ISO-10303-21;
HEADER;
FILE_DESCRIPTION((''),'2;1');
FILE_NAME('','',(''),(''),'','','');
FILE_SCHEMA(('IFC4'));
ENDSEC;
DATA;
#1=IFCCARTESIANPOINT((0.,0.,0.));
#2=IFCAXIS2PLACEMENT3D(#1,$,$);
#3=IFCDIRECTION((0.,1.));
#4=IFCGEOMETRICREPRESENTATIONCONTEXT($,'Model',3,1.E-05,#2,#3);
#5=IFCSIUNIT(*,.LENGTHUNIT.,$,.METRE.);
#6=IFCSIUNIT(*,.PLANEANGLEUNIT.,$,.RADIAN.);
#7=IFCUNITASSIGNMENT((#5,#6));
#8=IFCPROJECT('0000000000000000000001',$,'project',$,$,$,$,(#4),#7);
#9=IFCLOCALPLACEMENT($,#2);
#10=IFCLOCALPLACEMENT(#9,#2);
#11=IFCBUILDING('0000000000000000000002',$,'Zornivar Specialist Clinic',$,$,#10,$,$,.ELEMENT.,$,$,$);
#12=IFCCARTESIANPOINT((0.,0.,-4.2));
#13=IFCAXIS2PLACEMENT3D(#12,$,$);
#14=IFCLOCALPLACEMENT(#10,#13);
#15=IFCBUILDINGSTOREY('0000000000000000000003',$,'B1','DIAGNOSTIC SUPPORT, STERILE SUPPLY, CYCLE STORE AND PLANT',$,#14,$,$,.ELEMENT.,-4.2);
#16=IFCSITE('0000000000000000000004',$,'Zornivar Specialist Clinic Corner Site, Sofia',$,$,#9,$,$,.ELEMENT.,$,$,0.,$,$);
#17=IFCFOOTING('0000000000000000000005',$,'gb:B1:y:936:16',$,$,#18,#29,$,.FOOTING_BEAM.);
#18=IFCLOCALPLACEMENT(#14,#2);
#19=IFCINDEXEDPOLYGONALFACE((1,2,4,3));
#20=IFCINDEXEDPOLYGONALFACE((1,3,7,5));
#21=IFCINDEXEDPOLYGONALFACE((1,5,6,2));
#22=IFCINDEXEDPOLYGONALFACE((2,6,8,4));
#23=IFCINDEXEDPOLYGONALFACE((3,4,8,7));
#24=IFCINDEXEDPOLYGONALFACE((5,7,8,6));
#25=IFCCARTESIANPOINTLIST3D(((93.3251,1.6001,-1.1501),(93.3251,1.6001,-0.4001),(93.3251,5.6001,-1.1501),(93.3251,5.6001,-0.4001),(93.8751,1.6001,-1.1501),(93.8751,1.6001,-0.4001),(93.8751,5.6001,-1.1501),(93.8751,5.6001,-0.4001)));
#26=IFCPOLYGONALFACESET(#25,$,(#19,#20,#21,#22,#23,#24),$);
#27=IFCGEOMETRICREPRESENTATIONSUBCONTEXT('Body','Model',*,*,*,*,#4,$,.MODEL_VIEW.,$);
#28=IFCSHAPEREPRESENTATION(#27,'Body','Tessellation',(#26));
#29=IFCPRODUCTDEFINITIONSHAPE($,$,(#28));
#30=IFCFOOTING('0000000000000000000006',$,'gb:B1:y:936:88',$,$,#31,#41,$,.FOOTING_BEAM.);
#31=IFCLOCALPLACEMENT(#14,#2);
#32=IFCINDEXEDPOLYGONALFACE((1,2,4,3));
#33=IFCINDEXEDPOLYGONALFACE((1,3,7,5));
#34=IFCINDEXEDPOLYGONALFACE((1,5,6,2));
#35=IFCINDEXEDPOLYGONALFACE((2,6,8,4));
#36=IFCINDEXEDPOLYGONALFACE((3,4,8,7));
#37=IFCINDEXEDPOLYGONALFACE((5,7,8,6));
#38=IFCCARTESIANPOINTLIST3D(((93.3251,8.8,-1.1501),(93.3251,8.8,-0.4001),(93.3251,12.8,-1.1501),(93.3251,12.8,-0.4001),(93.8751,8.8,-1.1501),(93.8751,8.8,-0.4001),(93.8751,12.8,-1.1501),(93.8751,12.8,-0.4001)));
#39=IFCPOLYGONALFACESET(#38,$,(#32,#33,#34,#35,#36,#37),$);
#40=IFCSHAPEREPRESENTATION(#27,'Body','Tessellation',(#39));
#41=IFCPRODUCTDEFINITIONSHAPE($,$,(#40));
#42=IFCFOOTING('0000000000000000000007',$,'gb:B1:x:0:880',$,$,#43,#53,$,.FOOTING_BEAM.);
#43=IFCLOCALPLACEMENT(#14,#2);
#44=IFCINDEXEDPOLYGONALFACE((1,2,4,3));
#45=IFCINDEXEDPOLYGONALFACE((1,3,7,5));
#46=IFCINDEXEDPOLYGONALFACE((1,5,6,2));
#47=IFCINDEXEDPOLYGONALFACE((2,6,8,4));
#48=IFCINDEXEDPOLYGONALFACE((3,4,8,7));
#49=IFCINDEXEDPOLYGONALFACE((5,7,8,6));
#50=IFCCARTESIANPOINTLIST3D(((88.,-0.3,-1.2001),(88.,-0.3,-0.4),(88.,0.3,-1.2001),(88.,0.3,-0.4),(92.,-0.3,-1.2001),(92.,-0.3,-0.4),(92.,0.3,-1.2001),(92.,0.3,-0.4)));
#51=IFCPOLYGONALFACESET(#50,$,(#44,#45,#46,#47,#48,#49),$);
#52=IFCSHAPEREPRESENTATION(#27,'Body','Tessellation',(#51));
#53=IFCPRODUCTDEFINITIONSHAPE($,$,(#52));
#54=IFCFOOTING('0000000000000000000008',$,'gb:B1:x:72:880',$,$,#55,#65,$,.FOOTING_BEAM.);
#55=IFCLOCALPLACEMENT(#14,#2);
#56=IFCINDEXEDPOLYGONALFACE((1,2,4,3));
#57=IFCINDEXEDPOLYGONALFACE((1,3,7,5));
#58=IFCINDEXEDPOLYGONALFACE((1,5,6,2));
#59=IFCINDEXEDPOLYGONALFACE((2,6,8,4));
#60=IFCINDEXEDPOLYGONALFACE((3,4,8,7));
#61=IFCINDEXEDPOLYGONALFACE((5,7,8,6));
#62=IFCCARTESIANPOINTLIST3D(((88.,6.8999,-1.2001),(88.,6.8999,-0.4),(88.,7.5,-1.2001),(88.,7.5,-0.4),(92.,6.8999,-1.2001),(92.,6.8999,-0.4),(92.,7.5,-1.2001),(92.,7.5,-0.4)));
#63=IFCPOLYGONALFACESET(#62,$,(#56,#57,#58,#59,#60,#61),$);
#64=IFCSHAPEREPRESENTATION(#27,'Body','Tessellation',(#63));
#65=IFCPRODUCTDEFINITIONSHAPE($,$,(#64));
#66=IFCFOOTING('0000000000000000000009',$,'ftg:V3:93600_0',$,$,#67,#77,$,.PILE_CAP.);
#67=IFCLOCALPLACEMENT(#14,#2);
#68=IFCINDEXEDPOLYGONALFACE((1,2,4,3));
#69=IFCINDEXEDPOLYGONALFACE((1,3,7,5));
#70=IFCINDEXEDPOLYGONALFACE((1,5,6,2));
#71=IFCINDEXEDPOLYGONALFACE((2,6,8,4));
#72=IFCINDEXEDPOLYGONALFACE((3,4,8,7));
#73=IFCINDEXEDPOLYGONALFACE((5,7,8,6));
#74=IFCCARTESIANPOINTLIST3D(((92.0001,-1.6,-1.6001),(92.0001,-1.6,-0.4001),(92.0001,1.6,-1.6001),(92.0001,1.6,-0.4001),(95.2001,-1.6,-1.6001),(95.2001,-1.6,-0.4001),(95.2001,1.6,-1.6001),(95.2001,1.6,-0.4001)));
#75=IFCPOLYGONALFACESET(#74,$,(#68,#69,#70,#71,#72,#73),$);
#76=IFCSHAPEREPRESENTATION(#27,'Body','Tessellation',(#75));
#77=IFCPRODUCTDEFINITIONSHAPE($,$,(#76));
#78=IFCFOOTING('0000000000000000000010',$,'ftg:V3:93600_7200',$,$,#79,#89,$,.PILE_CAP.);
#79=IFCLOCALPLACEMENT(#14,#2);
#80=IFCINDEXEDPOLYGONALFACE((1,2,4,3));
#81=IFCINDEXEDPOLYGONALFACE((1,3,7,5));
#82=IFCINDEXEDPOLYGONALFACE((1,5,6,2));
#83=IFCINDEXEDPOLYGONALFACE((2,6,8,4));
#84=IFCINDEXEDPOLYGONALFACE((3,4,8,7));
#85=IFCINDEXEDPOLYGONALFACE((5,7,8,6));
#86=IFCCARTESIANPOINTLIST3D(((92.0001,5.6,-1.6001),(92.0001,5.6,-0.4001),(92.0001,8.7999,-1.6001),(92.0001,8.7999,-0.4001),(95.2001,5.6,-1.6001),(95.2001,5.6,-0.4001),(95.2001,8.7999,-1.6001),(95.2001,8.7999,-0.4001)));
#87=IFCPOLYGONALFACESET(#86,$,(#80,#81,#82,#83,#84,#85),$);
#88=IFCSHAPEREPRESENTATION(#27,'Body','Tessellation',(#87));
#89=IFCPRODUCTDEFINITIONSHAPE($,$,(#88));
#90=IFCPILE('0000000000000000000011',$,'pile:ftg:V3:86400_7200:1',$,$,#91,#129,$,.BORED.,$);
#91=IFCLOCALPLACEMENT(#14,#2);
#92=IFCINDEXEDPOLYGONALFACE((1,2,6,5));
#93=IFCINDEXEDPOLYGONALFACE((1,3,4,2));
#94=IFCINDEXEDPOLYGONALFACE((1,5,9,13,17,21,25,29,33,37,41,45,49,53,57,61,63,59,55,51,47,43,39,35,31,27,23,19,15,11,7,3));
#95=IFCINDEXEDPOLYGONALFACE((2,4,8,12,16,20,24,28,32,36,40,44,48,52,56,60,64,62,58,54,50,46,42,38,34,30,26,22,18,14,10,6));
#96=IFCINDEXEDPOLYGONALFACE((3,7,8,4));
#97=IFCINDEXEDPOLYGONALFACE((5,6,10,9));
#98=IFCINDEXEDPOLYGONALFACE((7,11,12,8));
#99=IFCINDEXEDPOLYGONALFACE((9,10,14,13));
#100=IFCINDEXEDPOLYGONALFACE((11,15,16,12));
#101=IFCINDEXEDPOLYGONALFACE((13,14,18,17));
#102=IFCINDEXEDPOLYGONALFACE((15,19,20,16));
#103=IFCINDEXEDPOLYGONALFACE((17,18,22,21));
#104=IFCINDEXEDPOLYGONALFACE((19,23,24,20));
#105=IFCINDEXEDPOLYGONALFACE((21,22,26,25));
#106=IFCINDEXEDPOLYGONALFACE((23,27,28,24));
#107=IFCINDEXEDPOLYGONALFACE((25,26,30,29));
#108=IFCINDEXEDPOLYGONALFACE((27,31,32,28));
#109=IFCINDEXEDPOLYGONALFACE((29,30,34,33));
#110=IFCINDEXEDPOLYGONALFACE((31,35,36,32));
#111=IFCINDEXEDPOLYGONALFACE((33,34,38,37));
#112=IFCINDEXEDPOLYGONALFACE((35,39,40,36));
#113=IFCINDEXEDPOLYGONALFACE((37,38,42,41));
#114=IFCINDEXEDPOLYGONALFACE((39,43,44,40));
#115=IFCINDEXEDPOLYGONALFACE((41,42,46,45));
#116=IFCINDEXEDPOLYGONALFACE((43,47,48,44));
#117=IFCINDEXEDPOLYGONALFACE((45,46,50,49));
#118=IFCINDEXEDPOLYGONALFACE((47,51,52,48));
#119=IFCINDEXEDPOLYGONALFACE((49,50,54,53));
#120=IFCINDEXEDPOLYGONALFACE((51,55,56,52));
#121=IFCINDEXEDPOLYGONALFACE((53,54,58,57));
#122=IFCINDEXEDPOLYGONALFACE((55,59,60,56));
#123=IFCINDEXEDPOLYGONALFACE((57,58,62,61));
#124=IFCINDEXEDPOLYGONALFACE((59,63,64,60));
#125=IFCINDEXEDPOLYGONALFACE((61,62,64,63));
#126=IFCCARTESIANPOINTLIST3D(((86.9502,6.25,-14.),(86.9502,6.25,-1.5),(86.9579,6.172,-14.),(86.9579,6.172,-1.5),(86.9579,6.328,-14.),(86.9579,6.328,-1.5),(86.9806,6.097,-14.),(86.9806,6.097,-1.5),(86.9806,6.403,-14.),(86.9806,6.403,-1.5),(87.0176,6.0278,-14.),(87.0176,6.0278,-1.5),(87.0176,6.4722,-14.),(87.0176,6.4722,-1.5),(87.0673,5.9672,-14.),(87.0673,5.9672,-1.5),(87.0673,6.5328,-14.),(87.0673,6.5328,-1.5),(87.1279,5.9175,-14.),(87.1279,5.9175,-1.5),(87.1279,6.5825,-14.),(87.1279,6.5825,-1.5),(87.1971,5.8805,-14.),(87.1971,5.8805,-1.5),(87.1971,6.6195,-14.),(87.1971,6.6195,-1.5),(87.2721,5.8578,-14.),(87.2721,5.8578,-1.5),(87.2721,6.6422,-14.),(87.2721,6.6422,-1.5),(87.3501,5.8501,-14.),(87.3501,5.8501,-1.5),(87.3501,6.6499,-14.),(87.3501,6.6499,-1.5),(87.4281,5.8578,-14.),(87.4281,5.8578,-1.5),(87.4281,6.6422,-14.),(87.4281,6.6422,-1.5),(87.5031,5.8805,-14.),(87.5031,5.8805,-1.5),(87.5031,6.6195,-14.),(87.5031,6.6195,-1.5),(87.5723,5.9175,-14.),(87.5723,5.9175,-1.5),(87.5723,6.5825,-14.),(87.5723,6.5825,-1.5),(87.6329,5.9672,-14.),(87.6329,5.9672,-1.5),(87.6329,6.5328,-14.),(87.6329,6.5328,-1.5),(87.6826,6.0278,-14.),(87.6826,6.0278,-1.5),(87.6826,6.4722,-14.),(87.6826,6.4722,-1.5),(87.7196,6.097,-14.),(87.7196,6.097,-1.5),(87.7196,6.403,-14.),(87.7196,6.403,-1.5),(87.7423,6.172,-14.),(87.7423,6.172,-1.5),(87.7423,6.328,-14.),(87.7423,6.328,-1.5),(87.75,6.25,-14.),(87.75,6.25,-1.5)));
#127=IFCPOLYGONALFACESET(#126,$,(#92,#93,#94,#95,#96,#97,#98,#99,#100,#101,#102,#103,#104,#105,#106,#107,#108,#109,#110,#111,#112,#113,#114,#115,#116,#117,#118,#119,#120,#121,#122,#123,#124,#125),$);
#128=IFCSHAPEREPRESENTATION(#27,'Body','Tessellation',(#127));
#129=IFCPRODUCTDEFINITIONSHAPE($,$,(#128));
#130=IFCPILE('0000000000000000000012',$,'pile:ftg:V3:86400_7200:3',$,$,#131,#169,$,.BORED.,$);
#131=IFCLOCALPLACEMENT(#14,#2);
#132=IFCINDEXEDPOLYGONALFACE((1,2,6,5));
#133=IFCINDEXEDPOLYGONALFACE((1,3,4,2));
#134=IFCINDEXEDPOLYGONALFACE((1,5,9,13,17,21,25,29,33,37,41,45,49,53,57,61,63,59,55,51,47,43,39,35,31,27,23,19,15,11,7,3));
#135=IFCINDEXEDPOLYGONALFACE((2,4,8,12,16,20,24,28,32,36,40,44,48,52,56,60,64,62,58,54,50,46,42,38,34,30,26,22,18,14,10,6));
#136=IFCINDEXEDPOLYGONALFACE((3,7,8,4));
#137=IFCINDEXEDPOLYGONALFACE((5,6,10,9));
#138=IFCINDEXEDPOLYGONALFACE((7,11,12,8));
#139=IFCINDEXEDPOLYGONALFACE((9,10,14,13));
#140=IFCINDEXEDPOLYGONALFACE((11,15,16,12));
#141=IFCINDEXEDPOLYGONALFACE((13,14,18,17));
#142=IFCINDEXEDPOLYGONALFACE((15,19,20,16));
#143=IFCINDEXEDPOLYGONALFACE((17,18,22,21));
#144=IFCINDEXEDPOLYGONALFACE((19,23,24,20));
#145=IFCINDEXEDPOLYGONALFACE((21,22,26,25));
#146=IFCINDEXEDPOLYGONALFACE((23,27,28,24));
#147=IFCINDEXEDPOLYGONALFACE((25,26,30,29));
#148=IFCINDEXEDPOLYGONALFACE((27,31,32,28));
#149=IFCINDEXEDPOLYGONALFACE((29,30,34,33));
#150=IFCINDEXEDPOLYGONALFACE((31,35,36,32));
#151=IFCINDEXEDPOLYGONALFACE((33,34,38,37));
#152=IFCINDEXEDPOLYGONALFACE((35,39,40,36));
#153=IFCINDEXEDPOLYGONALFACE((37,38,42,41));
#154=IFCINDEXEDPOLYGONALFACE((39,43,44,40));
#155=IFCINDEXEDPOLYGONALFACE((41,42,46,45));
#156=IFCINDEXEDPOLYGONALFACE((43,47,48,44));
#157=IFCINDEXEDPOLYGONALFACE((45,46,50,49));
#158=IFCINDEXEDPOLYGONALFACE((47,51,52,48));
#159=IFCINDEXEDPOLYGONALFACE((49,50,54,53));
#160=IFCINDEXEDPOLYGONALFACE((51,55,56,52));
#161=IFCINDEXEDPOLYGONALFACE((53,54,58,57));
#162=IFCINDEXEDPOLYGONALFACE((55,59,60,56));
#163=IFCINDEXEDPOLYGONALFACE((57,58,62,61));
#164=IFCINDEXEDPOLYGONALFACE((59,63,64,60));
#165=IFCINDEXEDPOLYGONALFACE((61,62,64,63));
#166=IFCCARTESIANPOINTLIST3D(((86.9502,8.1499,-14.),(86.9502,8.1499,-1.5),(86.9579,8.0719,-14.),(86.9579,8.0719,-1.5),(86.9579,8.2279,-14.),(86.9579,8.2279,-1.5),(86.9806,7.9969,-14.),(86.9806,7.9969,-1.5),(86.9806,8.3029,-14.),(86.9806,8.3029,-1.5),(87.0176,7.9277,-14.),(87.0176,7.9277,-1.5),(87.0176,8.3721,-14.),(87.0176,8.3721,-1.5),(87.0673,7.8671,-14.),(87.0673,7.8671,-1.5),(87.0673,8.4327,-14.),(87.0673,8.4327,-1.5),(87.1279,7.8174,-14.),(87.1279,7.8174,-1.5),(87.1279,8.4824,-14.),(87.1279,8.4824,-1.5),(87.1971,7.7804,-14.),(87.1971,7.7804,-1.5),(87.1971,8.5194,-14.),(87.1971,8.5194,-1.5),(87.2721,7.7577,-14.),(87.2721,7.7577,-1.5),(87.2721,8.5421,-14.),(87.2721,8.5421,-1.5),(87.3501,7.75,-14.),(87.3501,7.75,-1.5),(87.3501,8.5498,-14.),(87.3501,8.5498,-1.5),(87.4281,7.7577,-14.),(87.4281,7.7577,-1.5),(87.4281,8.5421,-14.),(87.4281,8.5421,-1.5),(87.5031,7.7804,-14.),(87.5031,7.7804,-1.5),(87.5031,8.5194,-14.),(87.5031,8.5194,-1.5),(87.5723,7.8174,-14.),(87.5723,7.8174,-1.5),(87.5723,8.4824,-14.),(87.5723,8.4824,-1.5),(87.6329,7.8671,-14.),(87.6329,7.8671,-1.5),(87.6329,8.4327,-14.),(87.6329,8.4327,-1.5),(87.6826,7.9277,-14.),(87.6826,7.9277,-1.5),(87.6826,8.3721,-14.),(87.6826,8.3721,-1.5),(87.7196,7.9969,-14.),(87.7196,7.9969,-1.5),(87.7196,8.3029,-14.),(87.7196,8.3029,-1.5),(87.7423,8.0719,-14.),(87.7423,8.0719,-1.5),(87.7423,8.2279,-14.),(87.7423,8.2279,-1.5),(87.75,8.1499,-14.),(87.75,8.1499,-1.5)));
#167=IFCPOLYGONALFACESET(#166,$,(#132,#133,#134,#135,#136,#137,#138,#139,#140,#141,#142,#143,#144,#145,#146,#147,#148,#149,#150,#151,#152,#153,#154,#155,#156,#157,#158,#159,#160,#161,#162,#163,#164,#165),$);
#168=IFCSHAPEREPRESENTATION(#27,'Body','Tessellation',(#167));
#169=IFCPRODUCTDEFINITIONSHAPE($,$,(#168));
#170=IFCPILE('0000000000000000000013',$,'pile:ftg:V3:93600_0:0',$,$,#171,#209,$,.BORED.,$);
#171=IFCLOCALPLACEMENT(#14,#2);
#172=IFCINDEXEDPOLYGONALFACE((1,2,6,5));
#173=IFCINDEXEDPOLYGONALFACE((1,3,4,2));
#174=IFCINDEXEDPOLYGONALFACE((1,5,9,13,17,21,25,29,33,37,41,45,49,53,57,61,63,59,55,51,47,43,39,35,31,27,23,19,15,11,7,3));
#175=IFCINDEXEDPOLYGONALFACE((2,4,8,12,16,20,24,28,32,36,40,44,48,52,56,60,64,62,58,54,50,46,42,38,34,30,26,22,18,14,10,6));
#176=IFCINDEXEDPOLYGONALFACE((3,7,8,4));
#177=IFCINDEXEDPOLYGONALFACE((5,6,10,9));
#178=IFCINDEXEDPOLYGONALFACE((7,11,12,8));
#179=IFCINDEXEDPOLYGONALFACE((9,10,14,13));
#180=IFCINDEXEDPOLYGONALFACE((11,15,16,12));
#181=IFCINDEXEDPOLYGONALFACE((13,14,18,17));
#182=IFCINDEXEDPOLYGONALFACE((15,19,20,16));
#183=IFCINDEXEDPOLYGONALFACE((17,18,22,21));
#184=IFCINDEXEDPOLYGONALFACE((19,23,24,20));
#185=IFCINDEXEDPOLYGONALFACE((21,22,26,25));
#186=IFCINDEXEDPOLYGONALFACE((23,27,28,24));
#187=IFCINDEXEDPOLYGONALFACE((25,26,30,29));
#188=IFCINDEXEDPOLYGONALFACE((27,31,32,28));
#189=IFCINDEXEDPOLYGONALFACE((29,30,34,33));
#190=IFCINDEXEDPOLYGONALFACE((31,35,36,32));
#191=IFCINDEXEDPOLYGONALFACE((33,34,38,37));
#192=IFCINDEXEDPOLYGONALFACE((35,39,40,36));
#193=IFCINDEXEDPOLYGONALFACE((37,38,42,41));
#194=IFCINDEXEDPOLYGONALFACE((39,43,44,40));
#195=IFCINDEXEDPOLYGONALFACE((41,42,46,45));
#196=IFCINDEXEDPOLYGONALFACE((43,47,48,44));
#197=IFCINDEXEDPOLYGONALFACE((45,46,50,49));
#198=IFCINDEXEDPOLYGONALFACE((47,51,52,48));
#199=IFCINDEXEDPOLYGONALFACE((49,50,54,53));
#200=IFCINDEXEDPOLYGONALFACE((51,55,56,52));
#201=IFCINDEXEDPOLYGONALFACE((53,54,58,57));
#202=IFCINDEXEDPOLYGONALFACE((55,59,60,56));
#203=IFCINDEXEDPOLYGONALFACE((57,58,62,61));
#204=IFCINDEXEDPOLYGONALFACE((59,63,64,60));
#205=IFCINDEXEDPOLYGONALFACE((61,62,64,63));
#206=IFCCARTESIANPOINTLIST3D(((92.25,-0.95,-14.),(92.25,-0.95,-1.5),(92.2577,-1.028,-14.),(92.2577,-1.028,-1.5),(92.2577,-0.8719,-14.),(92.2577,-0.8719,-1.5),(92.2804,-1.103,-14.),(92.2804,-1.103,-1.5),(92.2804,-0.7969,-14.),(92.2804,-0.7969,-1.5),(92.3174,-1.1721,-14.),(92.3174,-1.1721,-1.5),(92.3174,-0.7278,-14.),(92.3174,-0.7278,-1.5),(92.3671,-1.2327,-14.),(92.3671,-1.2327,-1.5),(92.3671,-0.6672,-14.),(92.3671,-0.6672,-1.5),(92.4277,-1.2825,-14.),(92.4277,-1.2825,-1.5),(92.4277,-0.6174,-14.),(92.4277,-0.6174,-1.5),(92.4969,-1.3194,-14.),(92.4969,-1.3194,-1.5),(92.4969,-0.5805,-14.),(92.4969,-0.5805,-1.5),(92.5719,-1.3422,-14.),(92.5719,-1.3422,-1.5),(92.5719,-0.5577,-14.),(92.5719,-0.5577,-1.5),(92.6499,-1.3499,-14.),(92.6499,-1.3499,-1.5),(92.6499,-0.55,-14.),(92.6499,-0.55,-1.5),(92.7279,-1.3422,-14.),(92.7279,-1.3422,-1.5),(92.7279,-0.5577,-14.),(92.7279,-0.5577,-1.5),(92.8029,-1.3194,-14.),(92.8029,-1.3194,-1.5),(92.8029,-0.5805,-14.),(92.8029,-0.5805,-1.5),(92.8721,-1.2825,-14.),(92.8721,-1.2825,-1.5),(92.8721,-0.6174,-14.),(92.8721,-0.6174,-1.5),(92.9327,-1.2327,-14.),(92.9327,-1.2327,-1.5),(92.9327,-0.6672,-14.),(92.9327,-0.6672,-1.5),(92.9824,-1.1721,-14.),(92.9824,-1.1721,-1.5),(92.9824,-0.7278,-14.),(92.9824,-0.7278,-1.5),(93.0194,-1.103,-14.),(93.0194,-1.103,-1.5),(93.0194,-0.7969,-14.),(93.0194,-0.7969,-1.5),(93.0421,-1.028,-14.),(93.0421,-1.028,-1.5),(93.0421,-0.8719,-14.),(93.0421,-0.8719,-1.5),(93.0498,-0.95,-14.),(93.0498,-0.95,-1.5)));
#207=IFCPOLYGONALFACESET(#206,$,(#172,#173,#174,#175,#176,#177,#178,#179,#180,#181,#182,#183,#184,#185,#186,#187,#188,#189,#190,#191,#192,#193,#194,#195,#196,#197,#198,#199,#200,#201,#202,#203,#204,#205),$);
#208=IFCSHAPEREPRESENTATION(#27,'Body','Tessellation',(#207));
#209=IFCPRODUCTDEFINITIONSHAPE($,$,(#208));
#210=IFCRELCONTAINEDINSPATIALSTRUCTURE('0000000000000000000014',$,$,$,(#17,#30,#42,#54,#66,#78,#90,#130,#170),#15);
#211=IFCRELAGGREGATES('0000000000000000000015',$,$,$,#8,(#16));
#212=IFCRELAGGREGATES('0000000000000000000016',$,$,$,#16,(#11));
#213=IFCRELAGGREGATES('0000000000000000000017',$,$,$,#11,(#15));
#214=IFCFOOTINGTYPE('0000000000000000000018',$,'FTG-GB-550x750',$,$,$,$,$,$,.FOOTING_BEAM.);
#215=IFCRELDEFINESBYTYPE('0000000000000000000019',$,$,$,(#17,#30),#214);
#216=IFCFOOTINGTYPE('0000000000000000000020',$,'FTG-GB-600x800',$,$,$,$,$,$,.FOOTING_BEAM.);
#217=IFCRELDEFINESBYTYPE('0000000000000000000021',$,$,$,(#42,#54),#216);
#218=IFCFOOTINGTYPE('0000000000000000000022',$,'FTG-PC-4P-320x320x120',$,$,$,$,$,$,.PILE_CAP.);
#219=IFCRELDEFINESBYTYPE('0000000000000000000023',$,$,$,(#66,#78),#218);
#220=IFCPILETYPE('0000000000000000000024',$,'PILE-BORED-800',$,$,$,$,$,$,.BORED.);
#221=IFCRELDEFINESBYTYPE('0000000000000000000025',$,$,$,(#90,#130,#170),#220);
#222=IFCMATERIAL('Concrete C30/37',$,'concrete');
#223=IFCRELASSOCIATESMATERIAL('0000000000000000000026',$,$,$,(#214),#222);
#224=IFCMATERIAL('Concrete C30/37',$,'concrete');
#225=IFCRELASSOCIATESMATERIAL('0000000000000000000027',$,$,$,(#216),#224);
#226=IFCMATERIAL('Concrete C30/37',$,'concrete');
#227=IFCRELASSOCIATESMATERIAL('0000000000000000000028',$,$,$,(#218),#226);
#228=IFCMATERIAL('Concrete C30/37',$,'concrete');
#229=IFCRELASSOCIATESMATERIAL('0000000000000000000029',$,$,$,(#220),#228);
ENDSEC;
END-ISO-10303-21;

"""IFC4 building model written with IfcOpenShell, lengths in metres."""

from ifc_helpers import new_model, si_unit, direction, frame, origin, origin_2d, place, context, subcontext, project, spatial, rectangle, circle, extrude, material, material_profile, profile_set, type_object, element, save


model = new_model("IFC4")

# Units and contexts
model_context = context("Model", 3, precision=1e-05, world=origin(), true_north=direction((0.0, 1.0)))
body_context = subcontext(model_context, "Body", "Model", "MODEL_VIEW")
ifc_project = project(units=[si_unit("LENGTHUNIT", "METRE"), si_unit("PLANEANGLEUNIT", "RADIAN")], contexts=[model_context])

# Site, building, storey
site_placement = place(None, origin())
site = spatial("IfcSite", under=ifc_project, at=site_placement, Name="Zornivar Specialist Clinic Corner Site, Sofia", CompositionType="ELEMENT", RefElevation=0.0)
building_placement = place(site_placement, origin())
building = spatial("IfcBuilding", under=site, at=building_placement, Name="Zornivar Specialist Clinic", CompositionType="ELEMENT")
storey_placement = place(building_placement, frame((0.0, 0.0, -4.2)))
storey = spatial("IfcBuildingStorey", under=building, at=storey_placement, Name="B1", Description="DIAGNOSTIC SUPPORT, STERILE SUPPLY, CYCLE STORE AND PLANT", CompositionType="ELEMENT", Elevation=-4.2)

# Footings
ifc_material_1 = material(Name="Concrete C30/37", Category="concrete")
ifc_material_profile_1 = material_profile(ifc_material_1, rectangle(XDim=0.55, YDim=0.75, at=origin_2d()), Name="RC 550x750")
ifc_profile_set_1 = profile_set([ifc_material_profile_1], Name="Concrete C30/37")
footing_type_1 = type_object("IfcFootingType", Name="FTG-GB-550x750", PredefinedType="FOOTING_BEAM", material=ifc_profile_set_1)
for number, where, z_axis, x_axis, name in (
    (1, (93.6001, 1.6001, -0.7751), (0.0, 1.0, 0.0), (-1.0, 0.0, 0.0), "gb:B1:y:936:16"),
    (2, (93.6001, 8.8, -0.7751), (0.0, 1.0, 0.0), (-1.0, 0.0, 0.0), "gb:B1:y:936:88"),
):
    element("IfcFooting", number, at=place(storey_placement, frame(where, z_axis=z_axis, x_axis=x_axis)), inside=storey, type_object=footing_type_1, Name=name, PredefinedType="FOOTING_BEAM", context=body_context, shape_type="SweptSolid", body=[
        extrude(rectangle(XDim=0.55, YDim=0.75, at=origin_2d()), origin(), (0.0, 0.0, 1.0), 4.0),
    ])
ifc_material_2 = material(Name="Concrete C30/37", Category="concrete")
ifc_material_profile_2 = material_profile(ifc_material_2, rectangle(XDim=0.6001, YDim=0.8, at=origin_2d()), Name="RC 600x800")
ifc_profile_set_2 = profile_set([ifc_material_profile_2], Name="Concrete C30/37")
footing_type_2 = type_object("IfcFootingType", Name="FTG-GB-600x800", PredefinedType="FOOTING_BEAM", material=ifc_profile_set_2)
for number, where, z_axis, x_axis, name in (
    (3, (88.0, 0.0, -0.8), (1.0, 0.0, 0.0), (0.0, 1.0, 0.0), "gb:B1:x:0:880"),
    (4, (88.0, 7.2, -0.8), (1.0, 0.0, 0.0), (0.0, 1.0, 0.0), "gb:B1:x:72:880"),
):
    element("IfcFooting", number, at=place(storey_placement, frame(where, z_axis=z_axis, x_axis=x_axis)), inside=storey, type_object=footing_type_2, Name=name, PredefinedType="FOOTING_BEAM", context=body_context, shape_type="SweptSolid", body=[
        extrude(rectangle(XDim=0.6001, YDim=0.8, at=origin_2d()), origin(), (0.0, 0.0, 1.0), 4.0),
    ])
ifc_material_3 = material(Name="Concrete C30/37", Category="concrete")
footing_type_3 = type_object("IfcFootingType", Name="FTG-PC-4P-320x320x120", PredefinedType="PILE_CAP", material=ifc_material_3)
for number, where, z_axis, x_axis, name in (
    (5, (93.6001, 0.0, -1.6001), (0.0, 0.0, 1.0), (1.0, 0.0, 0.0), "ftg:V3:93600_0"),
    (6, (93.6001, 7.2, -1.6001), (0.0, 0.0, 1.0), (1.0, 0.0, 0.0), "ftg:V3:93600_7200"),
):
    element("IfcFooting", number, at=place(storey_placement, frame(where, z_axis=z_axis, x_axis=x_axis)), inside=storey, type_object=footing_type_3, Name=name, PredefinedType="PILE_CAP", context=body_context, shape_type="SweptSolid", body=[
        extrude(rectangle(XDim=3.2, YDim=3.2, at=origin_2d()), origin(), (0.0, 0.0, 1.0), 1.2),
    ])

# Piles
ifc_material_4 = material(Name="Concrete C30/37", Category="concrete")
ifc_material_profile_3 = material_profile(ifc_material_4, circle(Radius=0.3999, at=origin_2d()), Name="PILE D800")
ifc_profile_set_3 = profile_set([ifc_material_profile_3], Name="Concrete C30/37")
pile_type = type_object("IfcPileType", Name="PILE-BORED-800", PredefinedType="BORED", material=ifc_profile_set_3)
for number, where, z_axis, x_axis, name in (
    (7, (87.3501, 6.25, -1.5), (0.0, 0.0, -1.0), (1.0, 0.0, 0.0), "pile:ftg:V3:86400_7200:1"),
    (8, (87.3501, 8.1499, -1.5), (0.0, 0.0, -1.0), (1.0, 0.0, 0.0), "pile:ftg:V3:86400_7200:3"),
    (9, (92.6499, -0.95, -1.5), (0.0, 0.0, -1.0), (1.0, 0.0, 0.0), "pile:ftg:V3:93600_0:0"),
):
    element("IfcPile", number, at=place(storey_placement, frame(where, z_axis=z_axis, x_axis=x_axis)), inside=storey, type_object=pile_type, Name=name, PredefinedType="BORED", context=body_context, shape_type="SweptSolid", body=[
        extrude(circle(Radius=0.3999, at=origin_2d()), origin(), (0.0, 0.0, 1.0), 12.5),
    ])

save(model, "model.ifc")
